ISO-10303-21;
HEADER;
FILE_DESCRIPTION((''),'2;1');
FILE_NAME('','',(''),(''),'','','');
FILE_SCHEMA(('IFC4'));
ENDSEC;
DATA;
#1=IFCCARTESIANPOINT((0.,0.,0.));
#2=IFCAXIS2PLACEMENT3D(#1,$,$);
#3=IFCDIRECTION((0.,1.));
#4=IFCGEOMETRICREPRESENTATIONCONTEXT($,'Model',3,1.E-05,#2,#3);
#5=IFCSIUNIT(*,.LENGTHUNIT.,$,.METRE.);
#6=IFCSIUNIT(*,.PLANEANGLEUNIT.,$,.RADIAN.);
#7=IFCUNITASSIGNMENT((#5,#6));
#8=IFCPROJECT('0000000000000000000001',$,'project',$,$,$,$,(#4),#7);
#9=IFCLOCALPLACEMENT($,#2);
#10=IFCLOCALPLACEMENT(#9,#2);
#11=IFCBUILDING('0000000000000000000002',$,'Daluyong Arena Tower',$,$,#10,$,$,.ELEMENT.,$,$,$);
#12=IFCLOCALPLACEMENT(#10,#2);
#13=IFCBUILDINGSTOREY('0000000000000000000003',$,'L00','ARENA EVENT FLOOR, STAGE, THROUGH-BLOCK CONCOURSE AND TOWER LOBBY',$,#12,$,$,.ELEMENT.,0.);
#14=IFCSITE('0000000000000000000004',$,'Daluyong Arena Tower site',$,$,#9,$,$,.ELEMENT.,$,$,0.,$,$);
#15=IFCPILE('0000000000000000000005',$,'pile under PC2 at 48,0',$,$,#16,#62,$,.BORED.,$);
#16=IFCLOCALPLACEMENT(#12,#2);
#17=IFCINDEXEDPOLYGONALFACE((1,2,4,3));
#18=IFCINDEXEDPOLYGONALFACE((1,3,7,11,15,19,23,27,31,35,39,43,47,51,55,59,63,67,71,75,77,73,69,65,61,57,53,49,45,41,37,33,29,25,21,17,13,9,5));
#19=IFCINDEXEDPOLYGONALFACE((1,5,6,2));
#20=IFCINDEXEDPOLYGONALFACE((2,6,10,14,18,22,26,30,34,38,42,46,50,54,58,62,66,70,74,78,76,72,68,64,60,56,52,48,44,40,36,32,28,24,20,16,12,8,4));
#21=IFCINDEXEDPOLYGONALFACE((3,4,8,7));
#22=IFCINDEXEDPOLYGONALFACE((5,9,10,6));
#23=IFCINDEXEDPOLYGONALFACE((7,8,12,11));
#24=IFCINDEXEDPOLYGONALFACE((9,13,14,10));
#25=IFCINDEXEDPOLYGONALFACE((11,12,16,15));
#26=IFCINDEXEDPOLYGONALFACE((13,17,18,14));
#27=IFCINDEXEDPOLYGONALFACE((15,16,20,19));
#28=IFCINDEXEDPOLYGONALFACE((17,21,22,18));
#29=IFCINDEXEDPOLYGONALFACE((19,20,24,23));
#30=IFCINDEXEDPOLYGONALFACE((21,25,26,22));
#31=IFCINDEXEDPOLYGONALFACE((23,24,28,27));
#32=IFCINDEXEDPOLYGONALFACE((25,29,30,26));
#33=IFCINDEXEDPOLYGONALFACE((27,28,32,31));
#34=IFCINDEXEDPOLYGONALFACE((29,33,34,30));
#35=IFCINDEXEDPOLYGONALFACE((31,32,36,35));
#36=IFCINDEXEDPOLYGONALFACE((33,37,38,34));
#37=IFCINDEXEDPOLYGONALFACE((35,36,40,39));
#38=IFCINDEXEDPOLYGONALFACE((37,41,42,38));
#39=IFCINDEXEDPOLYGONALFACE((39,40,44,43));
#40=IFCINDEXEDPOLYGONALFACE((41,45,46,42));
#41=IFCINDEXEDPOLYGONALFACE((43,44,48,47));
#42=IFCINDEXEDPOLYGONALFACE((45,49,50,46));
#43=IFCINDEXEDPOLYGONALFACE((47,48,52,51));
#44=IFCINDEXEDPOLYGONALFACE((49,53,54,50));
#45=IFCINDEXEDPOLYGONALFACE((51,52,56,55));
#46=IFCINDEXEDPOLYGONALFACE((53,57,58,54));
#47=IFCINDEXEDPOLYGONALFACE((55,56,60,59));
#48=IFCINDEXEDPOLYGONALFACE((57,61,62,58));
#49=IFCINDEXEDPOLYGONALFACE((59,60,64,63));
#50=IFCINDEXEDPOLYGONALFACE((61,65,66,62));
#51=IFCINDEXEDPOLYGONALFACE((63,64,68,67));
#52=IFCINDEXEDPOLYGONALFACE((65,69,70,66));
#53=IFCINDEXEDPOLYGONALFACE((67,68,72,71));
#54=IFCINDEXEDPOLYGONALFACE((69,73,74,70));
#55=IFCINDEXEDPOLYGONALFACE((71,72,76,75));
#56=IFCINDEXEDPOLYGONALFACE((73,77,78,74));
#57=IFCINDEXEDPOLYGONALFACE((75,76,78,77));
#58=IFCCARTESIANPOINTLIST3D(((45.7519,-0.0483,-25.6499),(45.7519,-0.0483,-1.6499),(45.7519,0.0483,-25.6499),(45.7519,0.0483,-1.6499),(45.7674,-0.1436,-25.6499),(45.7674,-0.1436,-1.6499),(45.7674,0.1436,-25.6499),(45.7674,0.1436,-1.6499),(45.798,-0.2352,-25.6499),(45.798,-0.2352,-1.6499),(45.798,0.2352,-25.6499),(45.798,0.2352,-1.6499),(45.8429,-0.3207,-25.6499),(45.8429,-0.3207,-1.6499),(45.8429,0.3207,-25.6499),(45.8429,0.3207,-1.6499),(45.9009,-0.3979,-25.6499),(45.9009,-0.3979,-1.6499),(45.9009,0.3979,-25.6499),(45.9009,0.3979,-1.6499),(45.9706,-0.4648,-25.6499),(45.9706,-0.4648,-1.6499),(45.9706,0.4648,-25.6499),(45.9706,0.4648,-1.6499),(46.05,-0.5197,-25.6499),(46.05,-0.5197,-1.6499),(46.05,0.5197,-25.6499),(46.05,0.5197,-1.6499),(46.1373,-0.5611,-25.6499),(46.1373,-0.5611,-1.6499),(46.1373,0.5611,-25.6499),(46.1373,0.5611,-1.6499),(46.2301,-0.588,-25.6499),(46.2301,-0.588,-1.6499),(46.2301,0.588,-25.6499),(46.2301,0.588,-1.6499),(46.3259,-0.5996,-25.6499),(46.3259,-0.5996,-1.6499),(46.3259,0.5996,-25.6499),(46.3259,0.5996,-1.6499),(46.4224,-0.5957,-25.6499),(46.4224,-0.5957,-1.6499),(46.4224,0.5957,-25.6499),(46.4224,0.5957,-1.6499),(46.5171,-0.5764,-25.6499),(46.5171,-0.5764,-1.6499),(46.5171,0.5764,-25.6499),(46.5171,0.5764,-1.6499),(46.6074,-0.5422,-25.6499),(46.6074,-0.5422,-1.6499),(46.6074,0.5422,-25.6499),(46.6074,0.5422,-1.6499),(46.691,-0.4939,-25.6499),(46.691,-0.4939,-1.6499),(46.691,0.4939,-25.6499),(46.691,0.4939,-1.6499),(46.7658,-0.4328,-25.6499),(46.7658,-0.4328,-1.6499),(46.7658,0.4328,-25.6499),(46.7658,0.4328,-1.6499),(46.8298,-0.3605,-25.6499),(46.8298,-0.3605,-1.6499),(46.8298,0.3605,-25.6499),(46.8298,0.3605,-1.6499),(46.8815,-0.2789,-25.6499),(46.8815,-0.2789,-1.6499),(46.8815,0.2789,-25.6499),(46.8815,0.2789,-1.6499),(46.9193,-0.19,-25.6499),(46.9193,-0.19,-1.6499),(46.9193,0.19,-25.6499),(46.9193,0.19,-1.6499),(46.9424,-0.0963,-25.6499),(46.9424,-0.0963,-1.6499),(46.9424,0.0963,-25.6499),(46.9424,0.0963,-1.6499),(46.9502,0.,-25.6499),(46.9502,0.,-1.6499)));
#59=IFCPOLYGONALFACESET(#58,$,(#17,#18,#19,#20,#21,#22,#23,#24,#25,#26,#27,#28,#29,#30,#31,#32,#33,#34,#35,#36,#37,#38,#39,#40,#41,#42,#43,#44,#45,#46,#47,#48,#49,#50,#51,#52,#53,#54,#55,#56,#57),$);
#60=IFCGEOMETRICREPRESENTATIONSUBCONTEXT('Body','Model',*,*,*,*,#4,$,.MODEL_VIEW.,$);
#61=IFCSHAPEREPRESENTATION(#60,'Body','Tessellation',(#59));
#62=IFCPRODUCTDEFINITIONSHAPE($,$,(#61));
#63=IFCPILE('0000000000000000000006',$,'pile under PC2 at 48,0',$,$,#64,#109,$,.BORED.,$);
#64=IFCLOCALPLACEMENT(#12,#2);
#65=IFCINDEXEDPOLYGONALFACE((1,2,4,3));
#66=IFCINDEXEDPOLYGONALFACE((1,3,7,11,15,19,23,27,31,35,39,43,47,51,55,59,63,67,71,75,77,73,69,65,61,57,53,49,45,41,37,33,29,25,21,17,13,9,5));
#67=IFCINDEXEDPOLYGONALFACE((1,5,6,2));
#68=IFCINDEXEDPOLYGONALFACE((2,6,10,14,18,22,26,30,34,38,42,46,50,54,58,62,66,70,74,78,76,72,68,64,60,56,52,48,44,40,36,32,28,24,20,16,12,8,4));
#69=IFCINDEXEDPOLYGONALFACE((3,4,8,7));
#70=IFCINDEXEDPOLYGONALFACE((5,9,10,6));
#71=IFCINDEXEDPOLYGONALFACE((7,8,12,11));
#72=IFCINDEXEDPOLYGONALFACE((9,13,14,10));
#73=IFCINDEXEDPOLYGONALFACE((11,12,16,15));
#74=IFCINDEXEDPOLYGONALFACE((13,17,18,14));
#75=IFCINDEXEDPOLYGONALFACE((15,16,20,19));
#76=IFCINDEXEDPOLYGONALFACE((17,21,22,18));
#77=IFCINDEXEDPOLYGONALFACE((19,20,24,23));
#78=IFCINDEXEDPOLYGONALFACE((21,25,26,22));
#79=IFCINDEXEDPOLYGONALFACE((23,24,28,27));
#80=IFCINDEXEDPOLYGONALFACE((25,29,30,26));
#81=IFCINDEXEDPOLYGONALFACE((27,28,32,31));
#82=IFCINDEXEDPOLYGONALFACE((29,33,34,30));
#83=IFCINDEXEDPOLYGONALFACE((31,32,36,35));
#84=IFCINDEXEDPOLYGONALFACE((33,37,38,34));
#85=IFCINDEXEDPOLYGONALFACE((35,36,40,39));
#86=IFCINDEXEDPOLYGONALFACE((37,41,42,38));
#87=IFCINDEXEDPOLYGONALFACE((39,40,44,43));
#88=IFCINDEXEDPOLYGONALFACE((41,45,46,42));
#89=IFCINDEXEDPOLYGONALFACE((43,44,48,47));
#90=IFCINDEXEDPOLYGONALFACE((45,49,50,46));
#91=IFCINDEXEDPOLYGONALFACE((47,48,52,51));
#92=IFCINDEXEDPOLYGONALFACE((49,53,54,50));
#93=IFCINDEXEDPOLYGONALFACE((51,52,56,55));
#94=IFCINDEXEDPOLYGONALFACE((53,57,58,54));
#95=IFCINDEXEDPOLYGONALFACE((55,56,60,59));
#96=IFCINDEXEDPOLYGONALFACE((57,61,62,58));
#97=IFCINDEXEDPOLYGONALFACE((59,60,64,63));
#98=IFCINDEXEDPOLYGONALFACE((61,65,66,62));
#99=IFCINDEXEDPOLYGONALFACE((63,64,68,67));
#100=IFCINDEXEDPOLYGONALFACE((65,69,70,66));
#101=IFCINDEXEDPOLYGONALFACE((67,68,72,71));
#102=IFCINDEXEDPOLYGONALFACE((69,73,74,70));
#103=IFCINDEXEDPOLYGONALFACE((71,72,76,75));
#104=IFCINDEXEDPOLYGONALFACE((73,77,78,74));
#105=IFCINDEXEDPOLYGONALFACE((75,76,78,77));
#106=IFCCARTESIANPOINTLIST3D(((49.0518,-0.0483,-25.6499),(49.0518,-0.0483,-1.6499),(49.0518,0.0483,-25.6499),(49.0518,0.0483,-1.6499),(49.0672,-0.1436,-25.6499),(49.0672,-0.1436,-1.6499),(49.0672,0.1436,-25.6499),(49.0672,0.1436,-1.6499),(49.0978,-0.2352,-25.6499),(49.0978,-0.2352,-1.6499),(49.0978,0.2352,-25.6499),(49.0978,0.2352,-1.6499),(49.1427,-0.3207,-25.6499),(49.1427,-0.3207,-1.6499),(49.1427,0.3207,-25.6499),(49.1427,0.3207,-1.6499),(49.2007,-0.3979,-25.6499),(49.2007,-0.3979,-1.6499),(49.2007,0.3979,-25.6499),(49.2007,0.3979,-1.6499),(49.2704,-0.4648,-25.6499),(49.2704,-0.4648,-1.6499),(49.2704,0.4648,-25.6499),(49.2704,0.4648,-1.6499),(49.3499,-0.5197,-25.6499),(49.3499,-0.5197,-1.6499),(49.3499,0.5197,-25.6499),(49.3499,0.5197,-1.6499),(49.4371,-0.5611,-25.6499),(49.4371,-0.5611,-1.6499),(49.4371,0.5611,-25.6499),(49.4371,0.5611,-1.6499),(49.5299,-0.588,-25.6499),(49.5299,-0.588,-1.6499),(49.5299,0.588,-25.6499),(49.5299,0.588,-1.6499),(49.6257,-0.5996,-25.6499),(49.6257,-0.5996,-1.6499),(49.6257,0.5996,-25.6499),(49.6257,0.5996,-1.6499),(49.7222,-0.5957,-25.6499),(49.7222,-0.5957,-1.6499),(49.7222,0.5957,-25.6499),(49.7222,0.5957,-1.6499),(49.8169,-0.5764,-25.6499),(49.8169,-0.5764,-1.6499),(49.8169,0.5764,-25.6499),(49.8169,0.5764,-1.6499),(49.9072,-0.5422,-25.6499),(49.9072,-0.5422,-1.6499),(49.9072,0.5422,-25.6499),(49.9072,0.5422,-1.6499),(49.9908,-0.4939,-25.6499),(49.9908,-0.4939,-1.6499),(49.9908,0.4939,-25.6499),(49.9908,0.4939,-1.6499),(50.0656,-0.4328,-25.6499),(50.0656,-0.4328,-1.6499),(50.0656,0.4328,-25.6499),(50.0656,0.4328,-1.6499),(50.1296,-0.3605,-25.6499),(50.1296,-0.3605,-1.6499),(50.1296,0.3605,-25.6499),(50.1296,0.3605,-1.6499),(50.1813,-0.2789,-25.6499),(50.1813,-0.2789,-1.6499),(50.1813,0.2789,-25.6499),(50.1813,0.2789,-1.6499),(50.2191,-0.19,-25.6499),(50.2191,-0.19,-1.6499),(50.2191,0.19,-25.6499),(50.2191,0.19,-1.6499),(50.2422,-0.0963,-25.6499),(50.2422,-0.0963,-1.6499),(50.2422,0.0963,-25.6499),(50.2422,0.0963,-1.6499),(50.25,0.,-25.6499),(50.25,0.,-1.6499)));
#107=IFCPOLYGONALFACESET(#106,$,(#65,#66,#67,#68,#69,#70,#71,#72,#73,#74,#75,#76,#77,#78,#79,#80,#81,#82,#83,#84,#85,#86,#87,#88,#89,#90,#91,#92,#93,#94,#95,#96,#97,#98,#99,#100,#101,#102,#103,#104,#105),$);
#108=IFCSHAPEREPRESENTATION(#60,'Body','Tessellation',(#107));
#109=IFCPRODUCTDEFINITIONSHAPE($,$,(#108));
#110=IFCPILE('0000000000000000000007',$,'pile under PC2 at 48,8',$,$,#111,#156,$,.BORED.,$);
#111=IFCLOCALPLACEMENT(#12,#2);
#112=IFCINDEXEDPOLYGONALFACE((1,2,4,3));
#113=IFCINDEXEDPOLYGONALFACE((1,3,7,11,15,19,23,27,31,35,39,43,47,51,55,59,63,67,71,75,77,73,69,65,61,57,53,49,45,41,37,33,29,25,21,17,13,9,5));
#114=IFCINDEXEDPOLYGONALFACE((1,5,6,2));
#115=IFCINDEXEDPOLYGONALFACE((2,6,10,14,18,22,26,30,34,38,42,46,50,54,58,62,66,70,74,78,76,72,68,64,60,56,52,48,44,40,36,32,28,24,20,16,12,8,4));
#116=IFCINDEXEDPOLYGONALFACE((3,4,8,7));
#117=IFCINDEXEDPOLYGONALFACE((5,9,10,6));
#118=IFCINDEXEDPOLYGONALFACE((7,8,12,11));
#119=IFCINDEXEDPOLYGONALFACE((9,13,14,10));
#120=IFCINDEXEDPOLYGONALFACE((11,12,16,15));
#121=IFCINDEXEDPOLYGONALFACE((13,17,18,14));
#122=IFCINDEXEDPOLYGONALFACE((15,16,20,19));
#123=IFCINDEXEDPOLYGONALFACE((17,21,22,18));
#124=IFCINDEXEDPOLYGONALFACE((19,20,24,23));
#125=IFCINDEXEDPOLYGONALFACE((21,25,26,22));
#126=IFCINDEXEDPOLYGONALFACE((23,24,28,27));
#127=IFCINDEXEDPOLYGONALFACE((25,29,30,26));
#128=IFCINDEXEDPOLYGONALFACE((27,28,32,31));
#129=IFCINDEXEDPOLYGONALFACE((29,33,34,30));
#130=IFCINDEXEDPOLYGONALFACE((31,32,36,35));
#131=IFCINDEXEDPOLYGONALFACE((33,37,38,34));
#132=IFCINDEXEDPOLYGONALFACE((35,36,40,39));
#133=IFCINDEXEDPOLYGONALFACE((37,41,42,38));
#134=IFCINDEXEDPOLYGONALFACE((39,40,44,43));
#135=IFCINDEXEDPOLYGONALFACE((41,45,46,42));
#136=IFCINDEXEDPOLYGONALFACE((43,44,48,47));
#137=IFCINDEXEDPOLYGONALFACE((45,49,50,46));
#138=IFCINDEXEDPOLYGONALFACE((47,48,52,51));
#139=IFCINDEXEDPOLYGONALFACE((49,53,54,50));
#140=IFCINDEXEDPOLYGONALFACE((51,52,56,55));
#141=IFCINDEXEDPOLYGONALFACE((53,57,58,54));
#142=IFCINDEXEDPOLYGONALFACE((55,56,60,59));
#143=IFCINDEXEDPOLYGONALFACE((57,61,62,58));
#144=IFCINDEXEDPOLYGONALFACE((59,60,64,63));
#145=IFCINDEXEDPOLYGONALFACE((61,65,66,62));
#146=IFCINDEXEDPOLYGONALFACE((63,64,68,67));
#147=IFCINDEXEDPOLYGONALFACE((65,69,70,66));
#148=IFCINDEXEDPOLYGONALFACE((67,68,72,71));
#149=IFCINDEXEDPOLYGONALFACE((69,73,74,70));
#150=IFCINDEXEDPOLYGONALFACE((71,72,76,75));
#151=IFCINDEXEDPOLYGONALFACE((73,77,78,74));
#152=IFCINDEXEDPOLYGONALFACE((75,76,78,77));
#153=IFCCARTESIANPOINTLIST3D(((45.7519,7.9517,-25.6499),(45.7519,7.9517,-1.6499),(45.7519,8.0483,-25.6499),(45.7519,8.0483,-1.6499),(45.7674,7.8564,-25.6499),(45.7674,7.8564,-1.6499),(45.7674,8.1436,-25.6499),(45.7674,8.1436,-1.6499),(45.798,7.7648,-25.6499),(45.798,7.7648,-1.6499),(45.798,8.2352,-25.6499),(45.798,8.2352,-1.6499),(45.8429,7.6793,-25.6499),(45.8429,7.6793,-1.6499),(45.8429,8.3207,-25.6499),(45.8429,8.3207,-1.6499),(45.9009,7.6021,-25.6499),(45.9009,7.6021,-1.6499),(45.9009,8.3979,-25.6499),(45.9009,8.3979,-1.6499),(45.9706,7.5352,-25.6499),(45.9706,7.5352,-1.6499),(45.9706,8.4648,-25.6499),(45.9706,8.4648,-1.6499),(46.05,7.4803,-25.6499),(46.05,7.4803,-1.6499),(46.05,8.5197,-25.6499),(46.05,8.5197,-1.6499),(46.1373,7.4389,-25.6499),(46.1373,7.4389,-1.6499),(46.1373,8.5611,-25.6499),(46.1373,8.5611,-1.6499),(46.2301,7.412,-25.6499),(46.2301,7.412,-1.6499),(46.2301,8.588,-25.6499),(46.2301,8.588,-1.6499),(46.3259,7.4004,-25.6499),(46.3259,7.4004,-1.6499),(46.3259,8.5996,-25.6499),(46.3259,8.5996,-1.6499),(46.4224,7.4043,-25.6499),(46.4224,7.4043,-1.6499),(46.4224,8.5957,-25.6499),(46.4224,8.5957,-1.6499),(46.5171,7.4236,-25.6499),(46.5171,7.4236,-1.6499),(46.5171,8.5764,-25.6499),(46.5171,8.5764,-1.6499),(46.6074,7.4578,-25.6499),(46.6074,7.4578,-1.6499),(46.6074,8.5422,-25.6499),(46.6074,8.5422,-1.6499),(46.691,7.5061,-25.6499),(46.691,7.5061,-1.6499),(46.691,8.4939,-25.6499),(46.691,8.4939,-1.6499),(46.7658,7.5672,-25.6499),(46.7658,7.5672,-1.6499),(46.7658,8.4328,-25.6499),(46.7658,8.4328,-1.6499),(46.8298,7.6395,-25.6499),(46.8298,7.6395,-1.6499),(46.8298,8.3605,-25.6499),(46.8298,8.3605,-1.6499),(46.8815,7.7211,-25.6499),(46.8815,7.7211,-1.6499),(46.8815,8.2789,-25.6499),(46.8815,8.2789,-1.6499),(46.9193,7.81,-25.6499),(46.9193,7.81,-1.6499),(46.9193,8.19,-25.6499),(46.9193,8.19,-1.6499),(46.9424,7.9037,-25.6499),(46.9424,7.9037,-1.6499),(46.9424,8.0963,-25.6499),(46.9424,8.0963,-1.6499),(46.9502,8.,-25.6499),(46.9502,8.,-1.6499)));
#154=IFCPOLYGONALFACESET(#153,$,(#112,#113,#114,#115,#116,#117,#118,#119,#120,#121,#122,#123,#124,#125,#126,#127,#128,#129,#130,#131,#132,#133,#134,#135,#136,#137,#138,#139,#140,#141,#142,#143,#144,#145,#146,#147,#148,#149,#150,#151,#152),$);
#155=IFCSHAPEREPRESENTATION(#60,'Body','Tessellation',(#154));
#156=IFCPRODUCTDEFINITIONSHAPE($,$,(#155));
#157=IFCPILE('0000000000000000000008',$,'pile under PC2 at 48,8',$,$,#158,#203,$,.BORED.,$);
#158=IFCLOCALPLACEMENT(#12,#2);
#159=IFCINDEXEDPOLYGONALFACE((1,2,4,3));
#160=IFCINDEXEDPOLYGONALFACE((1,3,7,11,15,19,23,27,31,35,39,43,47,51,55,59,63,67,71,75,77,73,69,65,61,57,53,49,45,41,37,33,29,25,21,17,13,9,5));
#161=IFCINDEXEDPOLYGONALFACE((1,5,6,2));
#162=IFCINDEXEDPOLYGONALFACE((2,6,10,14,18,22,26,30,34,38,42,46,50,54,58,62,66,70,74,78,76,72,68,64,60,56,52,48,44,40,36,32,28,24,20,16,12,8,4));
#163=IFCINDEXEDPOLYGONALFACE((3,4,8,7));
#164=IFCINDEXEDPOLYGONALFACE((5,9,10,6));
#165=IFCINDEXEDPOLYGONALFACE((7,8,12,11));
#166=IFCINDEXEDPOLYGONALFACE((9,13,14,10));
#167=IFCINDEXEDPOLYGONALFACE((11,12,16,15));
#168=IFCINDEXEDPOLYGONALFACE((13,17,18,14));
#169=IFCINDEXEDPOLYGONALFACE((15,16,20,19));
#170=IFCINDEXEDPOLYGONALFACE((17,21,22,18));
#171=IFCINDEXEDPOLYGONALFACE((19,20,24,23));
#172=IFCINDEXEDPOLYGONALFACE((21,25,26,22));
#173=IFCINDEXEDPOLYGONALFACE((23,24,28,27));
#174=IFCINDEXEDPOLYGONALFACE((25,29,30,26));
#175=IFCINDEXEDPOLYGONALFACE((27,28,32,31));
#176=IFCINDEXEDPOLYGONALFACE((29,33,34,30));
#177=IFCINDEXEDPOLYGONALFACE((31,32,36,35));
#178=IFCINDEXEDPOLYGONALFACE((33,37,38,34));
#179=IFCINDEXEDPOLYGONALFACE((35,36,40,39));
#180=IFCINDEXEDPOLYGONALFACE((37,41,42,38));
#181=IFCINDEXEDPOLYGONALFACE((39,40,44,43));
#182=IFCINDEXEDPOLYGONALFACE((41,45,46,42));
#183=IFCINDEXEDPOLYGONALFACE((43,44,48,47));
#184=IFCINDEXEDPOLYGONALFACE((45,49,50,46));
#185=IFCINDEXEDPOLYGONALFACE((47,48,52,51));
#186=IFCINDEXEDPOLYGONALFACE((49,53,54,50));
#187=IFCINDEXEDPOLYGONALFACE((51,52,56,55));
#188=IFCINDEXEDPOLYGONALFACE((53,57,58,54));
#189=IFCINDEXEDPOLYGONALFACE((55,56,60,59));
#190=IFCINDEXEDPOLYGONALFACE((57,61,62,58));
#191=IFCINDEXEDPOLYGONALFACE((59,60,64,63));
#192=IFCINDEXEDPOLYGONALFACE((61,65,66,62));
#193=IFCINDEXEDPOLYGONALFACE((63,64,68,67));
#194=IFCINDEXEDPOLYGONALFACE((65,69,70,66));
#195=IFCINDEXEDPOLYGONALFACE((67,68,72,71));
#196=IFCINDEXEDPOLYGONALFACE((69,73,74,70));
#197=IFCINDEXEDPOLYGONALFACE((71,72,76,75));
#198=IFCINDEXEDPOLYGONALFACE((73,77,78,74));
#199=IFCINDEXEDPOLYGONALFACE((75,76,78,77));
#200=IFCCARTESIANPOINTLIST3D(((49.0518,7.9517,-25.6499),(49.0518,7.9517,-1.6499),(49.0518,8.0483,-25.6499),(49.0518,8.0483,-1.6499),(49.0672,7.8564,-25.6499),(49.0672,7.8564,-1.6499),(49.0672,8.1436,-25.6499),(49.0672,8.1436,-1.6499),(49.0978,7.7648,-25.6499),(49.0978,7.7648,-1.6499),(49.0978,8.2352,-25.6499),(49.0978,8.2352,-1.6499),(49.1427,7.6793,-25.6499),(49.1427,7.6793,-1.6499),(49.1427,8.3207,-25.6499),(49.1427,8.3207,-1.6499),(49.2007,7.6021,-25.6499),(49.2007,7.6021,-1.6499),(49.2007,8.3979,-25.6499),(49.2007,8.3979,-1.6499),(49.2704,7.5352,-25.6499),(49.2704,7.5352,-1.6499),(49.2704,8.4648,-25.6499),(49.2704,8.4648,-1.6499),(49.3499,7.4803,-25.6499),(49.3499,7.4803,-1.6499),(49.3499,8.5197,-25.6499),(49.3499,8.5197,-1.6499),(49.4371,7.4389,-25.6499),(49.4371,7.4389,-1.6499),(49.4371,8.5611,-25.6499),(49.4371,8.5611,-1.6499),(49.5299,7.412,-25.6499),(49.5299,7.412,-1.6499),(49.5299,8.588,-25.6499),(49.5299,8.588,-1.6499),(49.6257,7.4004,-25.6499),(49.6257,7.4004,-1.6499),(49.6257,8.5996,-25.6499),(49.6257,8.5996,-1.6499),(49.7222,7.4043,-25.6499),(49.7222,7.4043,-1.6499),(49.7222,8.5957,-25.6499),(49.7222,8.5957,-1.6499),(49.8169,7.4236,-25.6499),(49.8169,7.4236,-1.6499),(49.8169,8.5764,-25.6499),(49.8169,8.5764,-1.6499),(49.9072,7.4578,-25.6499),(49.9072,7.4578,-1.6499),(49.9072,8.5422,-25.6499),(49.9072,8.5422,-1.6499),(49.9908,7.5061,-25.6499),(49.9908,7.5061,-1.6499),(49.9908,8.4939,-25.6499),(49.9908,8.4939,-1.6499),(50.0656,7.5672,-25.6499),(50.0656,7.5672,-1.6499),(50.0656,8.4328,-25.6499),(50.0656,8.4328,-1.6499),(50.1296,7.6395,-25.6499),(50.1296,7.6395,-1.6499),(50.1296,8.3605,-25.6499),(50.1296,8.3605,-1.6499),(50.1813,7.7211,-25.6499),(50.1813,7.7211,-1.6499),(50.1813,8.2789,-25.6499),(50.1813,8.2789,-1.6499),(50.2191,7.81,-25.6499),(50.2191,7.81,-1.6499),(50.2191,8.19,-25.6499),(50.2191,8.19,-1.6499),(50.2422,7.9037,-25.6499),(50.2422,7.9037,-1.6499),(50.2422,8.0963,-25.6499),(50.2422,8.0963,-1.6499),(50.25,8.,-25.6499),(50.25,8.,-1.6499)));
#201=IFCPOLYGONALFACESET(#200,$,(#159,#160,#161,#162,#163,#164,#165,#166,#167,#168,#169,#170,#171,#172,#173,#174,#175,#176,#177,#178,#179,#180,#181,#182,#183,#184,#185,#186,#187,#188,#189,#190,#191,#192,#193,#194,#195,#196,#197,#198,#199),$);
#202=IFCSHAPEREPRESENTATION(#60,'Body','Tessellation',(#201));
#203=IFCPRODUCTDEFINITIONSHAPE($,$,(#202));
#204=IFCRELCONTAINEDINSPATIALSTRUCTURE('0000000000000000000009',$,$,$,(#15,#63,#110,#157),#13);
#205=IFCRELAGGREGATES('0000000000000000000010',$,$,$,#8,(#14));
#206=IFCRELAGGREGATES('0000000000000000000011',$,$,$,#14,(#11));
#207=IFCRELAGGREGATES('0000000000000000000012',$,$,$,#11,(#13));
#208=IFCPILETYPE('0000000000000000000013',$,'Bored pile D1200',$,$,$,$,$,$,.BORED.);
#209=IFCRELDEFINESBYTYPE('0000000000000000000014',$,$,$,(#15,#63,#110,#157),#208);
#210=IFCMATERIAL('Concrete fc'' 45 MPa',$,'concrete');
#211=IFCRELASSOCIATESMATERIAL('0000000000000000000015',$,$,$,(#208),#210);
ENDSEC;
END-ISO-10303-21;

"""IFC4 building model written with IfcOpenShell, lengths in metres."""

from ifc_helpers import new_model, si_unit, direction, frame, origin, origin_2d, place, context, subcontext, project, spatial, circle, extrude, material, type_object, element, save


model = new_model("IFC4")

# Units and contexts
model_context = context("Model", 3, precision=1e-05, world=origin(), true_north=direction((0.0, 1.0)))
body_context = subcontext(model_context, "Body", "Model", "MODEL_VIEW")
ifc_project = project(units=[si_unit("LENGTHUNIT", "METRE"), si_unit("PLANEANGLEUNIT", "RADIAN")], contexts=[model_context])

# Site, building, storey
site_placement = place(None, origin())
site = spatial("IfcSite", under=ifc_project, at=site_placement, Name="Daluyong Arena Tower site", CompositionType="ELEMENT", RefElevation=0.0)
building_placement = place(site_placement, origin())
building = spatial("IfcBuilding", under=site, at=building_placement, Name="Daluyong Arena Tower", CompositionType="ELEMENT")
storey_placement = place(building_placement, origin())
storey = spatial("IfcBuildingStorey", under=building, at=storey_placement, Name="L00", Description="ARENA EVENT FLOOR, STAGE, THROUGH-BLOCK CONCOURSE AND TOWER LOBBY", CompositionType="ELEMENT", Elevation=0.0)

# Piles
ifc_material_1 = material(Name="Concrete fc' 45 MPa", Category="concrete")
pile_type = type_object("IfcPileType", Name="Bored pile D1200", PredefinedType="BORED", material=ifc_material_1)
for number, where, z_axis, x_axis, name in (
    (1, (46.3501, 0.0, -1.6499), (0.0, 0.0, -1.0), (1.0, 0.0, 0.0), "pile under PC2 at 48,0"),
    (2, (49.6499, 0.0, -1.6499), (0.0, 0.0, -1.0), (1.0, 0.0, 0.0), "pile under PC2 at 48,0"),
    (3, (46.3501, 8.0, -1.6499), (0.0, 0.0, -1.0), (1.0, 0.0, 0.0), "pile under PC2 at 48,8"),
    (4, (49.6499, 8.0, -1.6499), (0.0, 0.0, -1.0), (1.0, 0.0, 0.0), "pile under PC2 at 48,8"),
):
    element("IfcPile", number, at=place(storey_placement, frame(where, z_axis=z_axis, x_axis=x_axis)), inside=storey, type_object=pile_type, Name=name, PredefinedType="BORED", context=body_context, shape_type="SweptSolid", body=[
        extrude(circle(Radius=0.6001, at=origin_2d()), origin(), (0.0, 0.0, 1.0), 24.0),
    ])

save(model, "model.ifc")
